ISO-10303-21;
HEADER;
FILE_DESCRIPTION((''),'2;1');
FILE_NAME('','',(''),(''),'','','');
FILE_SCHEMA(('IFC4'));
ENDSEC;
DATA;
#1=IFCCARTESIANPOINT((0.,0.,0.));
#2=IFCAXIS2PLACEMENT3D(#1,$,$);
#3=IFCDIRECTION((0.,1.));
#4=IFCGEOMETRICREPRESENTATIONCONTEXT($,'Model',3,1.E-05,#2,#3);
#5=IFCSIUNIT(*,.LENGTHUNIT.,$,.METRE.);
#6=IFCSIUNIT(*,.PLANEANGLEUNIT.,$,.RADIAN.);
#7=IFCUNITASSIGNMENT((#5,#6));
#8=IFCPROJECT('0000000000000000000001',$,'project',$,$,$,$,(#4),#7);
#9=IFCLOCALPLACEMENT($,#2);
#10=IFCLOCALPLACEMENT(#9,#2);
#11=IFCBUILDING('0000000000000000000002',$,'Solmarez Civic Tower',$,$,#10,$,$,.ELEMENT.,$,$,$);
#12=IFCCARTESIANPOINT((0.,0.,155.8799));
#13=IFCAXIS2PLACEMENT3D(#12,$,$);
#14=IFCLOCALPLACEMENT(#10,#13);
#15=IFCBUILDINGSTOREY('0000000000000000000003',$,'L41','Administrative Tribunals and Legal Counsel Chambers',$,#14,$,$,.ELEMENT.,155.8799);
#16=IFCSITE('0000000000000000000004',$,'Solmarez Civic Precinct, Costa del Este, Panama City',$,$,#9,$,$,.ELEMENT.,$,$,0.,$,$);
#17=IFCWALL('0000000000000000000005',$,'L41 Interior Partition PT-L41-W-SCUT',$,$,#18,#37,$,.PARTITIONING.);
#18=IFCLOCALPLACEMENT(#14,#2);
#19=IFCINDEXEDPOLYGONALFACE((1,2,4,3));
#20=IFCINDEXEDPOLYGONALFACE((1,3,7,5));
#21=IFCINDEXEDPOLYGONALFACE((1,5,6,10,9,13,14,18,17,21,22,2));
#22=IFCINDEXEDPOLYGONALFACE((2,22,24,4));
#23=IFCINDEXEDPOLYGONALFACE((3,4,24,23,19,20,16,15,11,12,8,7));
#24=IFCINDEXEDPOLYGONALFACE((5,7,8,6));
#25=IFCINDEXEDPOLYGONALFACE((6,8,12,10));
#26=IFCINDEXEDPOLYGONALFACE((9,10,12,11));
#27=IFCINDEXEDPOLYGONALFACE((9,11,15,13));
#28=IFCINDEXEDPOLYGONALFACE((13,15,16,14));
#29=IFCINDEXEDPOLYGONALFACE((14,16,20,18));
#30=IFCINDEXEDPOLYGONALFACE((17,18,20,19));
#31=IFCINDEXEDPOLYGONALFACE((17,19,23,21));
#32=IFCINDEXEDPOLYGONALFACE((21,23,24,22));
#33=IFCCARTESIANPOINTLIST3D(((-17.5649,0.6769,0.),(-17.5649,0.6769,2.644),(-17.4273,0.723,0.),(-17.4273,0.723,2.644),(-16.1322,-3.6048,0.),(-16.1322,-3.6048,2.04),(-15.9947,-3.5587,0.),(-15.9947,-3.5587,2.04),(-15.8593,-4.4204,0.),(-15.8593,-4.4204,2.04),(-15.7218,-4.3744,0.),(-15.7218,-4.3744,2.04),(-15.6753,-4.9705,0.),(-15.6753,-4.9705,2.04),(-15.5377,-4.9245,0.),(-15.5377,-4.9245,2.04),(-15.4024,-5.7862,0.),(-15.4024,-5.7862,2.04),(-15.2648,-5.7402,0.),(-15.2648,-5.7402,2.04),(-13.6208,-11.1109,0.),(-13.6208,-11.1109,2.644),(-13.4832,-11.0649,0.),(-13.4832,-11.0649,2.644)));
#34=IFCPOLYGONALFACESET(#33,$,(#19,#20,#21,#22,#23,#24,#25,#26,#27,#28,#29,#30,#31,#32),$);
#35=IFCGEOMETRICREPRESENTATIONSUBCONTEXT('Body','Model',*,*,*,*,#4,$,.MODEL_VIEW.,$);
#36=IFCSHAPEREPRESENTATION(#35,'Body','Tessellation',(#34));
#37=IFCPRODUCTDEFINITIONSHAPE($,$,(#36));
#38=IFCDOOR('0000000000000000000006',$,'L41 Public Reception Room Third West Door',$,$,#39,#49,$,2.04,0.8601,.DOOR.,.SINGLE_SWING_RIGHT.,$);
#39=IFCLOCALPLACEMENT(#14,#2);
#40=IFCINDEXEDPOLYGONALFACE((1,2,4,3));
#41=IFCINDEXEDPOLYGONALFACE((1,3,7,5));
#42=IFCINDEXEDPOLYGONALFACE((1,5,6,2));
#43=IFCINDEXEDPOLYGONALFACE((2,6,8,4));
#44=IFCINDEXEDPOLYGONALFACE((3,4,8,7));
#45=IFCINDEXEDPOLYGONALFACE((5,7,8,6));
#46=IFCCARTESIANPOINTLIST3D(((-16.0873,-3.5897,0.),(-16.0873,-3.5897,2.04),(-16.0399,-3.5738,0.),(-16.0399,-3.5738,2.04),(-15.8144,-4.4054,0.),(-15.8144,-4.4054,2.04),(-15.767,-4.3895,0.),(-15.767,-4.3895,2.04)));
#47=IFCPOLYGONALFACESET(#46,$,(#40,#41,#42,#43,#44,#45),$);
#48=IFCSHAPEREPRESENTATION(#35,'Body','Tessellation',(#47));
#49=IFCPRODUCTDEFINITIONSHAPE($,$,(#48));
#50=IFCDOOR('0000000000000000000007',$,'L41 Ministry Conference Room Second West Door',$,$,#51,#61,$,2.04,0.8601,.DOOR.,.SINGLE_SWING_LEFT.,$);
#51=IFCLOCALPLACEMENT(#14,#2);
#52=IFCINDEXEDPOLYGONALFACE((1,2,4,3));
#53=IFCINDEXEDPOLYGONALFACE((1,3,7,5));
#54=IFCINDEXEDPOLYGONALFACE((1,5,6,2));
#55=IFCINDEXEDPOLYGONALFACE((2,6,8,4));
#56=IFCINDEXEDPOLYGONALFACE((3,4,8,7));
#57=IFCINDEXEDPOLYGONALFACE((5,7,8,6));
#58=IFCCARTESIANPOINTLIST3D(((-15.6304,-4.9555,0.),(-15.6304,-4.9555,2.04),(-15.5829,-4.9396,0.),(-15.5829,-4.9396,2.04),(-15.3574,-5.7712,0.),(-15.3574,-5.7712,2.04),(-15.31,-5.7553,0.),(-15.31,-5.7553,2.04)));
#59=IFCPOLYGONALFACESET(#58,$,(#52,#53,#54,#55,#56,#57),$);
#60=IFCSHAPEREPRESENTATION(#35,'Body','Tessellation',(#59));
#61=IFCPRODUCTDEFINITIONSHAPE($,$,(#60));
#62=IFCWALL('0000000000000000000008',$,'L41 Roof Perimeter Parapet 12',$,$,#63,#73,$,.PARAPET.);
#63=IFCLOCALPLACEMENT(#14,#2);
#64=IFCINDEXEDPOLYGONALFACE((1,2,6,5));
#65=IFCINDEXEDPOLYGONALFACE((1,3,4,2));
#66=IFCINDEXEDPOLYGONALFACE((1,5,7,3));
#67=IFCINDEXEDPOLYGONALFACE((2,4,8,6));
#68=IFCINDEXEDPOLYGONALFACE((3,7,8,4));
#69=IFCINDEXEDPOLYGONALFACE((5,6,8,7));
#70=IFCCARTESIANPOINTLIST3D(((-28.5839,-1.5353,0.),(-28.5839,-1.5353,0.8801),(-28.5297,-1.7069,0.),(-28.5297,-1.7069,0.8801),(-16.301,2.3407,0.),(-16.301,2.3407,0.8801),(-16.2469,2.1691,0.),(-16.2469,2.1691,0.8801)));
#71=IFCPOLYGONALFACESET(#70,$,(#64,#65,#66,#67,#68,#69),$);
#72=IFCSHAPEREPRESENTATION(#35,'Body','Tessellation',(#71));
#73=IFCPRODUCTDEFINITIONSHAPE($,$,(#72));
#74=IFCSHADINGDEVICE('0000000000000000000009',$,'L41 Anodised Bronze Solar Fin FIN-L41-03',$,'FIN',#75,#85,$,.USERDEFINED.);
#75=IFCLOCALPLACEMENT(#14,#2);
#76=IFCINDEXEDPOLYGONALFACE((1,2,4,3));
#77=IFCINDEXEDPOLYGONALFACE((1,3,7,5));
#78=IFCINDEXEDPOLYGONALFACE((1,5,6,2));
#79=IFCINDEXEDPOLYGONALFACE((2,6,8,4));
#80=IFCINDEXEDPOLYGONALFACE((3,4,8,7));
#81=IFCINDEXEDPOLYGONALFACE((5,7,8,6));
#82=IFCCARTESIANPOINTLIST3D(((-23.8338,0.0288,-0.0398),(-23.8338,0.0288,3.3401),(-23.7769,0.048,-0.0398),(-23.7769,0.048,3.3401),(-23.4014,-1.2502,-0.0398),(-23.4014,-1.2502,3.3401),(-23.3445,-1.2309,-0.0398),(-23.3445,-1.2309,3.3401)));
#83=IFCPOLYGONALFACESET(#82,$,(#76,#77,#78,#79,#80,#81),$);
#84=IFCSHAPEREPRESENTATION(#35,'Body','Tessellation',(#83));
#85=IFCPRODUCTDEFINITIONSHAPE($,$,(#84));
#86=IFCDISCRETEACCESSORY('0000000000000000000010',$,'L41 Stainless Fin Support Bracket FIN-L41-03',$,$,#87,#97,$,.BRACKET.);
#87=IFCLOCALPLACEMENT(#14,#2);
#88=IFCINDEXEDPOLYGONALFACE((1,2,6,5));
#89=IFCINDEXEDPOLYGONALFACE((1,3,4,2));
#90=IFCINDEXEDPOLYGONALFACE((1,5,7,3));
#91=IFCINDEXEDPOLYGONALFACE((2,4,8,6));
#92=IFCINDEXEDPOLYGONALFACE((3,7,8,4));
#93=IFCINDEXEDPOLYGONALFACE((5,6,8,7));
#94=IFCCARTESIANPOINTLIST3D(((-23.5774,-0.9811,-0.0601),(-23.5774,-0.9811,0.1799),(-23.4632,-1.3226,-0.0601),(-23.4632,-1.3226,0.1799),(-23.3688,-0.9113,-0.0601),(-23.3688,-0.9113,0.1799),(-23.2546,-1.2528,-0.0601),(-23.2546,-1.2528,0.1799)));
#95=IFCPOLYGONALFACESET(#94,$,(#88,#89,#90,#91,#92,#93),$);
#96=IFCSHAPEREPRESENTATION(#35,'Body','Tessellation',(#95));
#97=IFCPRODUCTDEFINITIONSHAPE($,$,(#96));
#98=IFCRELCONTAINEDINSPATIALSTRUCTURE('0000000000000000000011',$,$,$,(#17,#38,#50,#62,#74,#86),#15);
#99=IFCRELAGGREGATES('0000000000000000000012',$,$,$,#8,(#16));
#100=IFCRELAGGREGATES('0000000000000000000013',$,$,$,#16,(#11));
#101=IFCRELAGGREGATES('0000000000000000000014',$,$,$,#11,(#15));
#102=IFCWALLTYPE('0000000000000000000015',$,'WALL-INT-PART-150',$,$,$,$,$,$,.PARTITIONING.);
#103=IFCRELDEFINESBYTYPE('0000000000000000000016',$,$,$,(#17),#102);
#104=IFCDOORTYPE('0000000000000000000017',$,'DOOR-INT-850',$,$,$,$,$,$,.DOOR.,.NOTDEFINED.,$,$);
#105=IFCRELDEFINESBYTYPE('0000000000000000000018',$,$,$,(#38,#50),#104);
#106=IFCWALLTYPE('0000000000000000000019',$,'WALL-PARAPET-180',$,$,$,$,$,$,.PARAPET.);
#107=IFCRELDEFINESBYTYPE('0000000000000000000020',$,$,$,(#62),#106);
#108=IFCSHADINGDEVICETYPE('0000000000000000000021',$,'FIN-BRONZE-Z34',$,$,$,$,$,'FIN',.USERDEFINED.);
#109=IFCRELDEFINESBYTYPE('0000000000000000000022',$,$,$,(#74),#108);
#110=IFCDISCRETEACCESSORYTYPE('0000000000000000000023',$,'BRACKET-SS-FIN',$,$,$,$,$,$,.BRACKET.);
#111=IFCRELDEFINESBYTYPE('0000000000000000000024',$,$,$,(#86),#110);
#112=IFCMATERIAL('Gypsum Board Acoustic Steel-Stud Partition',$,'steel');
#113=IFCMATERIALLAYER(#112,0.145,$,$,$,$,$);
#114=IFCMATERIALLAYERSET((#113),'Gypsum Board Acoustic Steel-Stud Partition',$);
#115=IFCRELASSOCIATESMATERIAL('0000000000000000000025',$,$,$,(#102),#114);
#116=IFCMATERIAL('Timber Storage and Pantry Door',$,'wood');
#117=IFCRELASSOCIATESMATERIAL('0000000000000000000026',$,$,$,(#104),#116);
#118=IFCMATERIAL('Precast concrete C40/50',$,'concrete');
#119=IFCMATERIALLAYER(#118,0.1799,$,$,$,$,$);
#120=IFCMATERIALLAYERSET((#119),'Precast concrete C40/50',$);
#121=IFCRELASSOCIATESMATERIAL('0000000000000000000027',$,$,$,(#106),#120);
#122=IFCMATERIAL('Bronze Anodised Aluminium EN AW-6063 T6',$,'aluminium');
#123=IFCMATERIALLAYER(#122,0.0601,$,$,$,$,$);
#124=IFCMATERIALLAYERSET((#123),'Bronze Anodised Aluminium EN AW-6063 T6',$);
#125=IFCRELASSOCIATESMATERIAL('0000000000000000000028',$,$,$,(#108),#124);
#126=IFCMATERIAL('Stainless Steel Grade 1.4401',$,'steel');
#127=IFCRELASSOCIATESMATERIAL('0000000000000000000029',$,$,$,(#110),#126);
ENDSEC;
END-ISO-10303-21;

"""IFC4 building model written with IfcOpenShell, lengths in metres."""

from ifc_helpers import new_model, si_unit, direction, frame, frame_2d, origin, origin_2d, place, context, subcontext, project, spatial, rectangle, extrude, material, layer, layer_set, type_object, element, fill, save


model = new_model("IFC4")

# Units and contexts
model_context = context("Model", 3, precision=1e-05, world=origin(), true_north=direction((0.0, 1.0)))
body_context = subcontext(model_context, "Body", "Model", "MODEL_VIEW")
ifc_project = project(units=[si_unit("LENGTHUNIT", "METRE"), si_unit("PLANEANGLEUNIT", "RADIAN")], contexts=[model_context])

# Site, building, storey
site_placement = place(None, origin())
site = spatial("IfcSite", under=ifc_project, at=site_placement, Name="Solmarez Civic Precinct, Costa del Este, Panama City", CompositionType="ELEMENT", RefElevation=0.0)
building_placement = place(site_placement, origin())
building = spatial("IfcBuilding", under=site, at=building_placement, Name="Solmarez Civic Tower", CompositionType="ELEMENT")
storey_placement = place(building_placement, frame((0.0, 0.0, 155.8799)))
storey = spatial("IfcBuildingStorey", under=building, at=storey_placement, Name="L41", Description="Administrative Tribunals and Legal Counsel Chambers", CompositionType="ELEMENT", Elevation=155.8799)

# Shared definitions
ifc_material_1 = material(Name="Precast concrete C40/50", Category="concrete")

# Shared definitions
ifc_material_2 = material(Name="Gypsum Board Acoustic Steel-Stud Partition", Category="steel")
ifc_layer_1 = layer(ifc_material_2, 0.145)
ifc_layer_set_1 = layer_set([ifc_layer_1], Name="Gypsum Board Acoustic Steel-Stud Partition")
wall_type_1 = type_object("IfcWallType", Name="WALL-INT-PART-150", PredefinedType="PARTITIONING", material=ifc_layer_set_1)

# Wall, openings, doors
wall_1_placement = place(storey_placement, frame((-17.4961, 0.7, 0.0), z_axis=(0.0, 0.0, 1.0), x_axis=(0.3173, -0.948325, 0.0)))
wall_1 = element("IfcWall", 1, at=wall_1_placement, inside=storey, type_object=wall_type_1, Name="L41 Interior Partition PT-L41-W-SCUT", PredefinedType="PARTITIONING", context=body_context, shape_type="SweptSolid", body=[
    extrude(rectangle(XDim=12.4302, YDim=0.145, at=frame_2d((6.2151, 0.0))), origin(), (0.0, 0.0, 1.0), 2.644),
])
opening_1_placement = place(wall_1_placement, frame((4.5149, 0.0, 0.0)))
opening_1 = element("IfcOpeningElement", 2, at=opening_1_placement, cuts=wall_1, PredefinedType="OPENING", context=body_context, shape_type="SweptSolid", body=[
    extrude(rectangle(XDim=0.8601, YDim=2.04, at=frame_2d((0.4302, 1.02))), frame((0.0, 0.0825, 0.0), z_axis=(0.0, -1.0, 0.0), x_axis=(1.0, 0.0, 0.0)), (0.0, 0.0, 1.0), 0.165),
])
opening_2_placement = place(wall_1_placement, frame((5.9551, 0.0, 0.0)))
opening_2 = element("IfcOpeningElement", 3, at=opening_2_placement, cuts=wall_1, PredefinedType="OPENING", context=body_context, shape_type="SweptSolid", body=[
    extrude(rectangle(XDim=0.8601, YDim=2.04, at=frame_2d((0.4302, 1.02))), frame((0.0, 0.0825, 0.0), z_axis=(0.0, -1.0, 0.0), x_axis=(1.0, 0.0, 0.0)), (0.0, 0.0, 1.0), 0.165),
])
ifc_material_3 = material(Name="Timber Storage and Pantry Door", Category="wood")
door_type = type_object("IfcDoorType", Name="DOOR-INT-850", OperationType="NOTDEFINED", PredefinedType="DOOR", material=ifc_material_3)
door_1_placement = place(opening_1_placement, origin())
door_1 = element("IfcDoor", 4, at=door_1_placement, inside=storey, type_object=door_type, Name="L41 Public Reception Room Third West Door", OperationType="SINGLE_SWING_RIGHT", OverallHeight=2.04, OverallWidth=0.8601, PredefinedType="DOOR", context=body_context, shape_type="SweptSolid", body=[
    extrude(rectangle(XDim=0.8601, YDim=2.04, at=frame_2d((0.4302, 1.02))), frame((0.0, 0.0249, 0.0), z_axis=(0.0, -1.0, 0.0), x_axis=(1.0, 0.0, 0.0)), (0.0, 0.0, 1.0), 0.05),
])
fill(opening_1, door_1)
door_2_placement = place(opening_2_placement, origin())
door_2 = element("IfcDoor", 5, at=door_2_placement, inside=storey, type_object=door_type, Name="L41 Ministry Conference Room Second West Door", OperationType="SINGLE_SWING_LEFT", OverallHeight=2.04, OverallWidth=0.8601, PredefinedType="DOOR", context=body_context, shape_type="SweptSolid", body=[
    extrude(rectangle(XDim=0.8601, YDim=2.04, at=frame_2d((0.4302, 1.02))), frame((0.0, 0.0249, 0.0), z_axis=(0.0, -1.0, 0.0), x_axis=(1.0, 0.0, 0.0)), (0.0, 0.0, 1.0), 0.05),
])
fill(opening_2, door_2)

# Wall
ifc_layer_2 = layer(ifc_material_1, 0.1799)
ifc_layer_set_2 = layer_set([ifc_layer_2], Name="Precast concrete C40/50")
wall_type_2 = type_object("IfcWallType", Name="WALL-PARAPET-180", PredefinedType="PARAPET", material=ifc_layer_set_2)
wall_2_placement = place(storey_placement, frame((-16.2739, 2.2549, 0.0), z_axis=(0.0, 0.0, 1.0), x_axis=(-0.953646, -0.30093, 0.0)))
element("IfcWall", 6, at=wall_2_placement, inside=storey, type_object=wall_type_2, Name="L41 Roof Perimeter Parapet 12", PredefinedType="PARAPET", context=body_context, shape_type="SweptSolid", body=[
    extrude(rectangle(XDim=12.8799, YDim=0.1799, at=frame_2d((6.4399, 0.0))), origin(), (0.0, 0.0, 1.0), 0.8801),
])

# Shading device
ifc_material_4 = material(Name="Bronze Anodised Aluminium EN AW-6063 T6", Category="aluminium")
ifc_layer_3 = layer(ifc_material_4, 0.0601)
ifc_layer_set_3 = layer_set([ifc_layer_3], Name="Bronze Anodised Aluminium EN AW-6063 T6")
shading_device_type = type_object("IfcShadingDeviceType", Name="FIN-BRONZE-Z34", ElementType="FIN", PredefinedType="USERDEFINED", material=ifc_layer_set_3)
shading_device_placement = place(storey_placement, frame((-23.5891, -0.6011, -0.0398), z_axis=(0.0, 0.0, 1.0), x_axis=(-0.320282, 0.947322, 0.0)))
element("IfcShadingDevice", 7, at=shading_device_placement, inside=storey, type_object=shading_device_type, Name="L41 Anodised Bronze Solar Fin FIN-L41-03", ObjectType="FIN", PredefinedType="USERDEFINED", context=body_context, shape_type="SweptSolid", body=[
    extrude(rectangle(XDim=1.3501, YDim=0.0601, at=origin_2d()), origin(), (0.0, 0.0, 1.0), 3.3799),
])

# Discrete accessory
ifc_material_5 = material(Name="Stainless Steel Grade 1.4401", Category="steel")
discrete_accessory_type = type_object("IfcDiscreteAccessoryType", Name="BRACKET-SS-FIN", PredefinedType="BRACKET", material=ifc_material_5)
discrete_accessory_placement = place(storey_placement, frame((-23.416, -1.1169, -0.0601), z_axis=(0.0, 0.0, 1.0), x_axis=(-0.317267, 0.948336, 0.0)))
element("IfcDiscreteAccessory", 8, at=discrete_accessory_placement, inside=storey, type_object=discrete_accessory_type, Name="L41 Stainless Fin Support Bracket FIN-L41-03", PredefinedType="BRACKET", context=body_context, shape_type="SweptSolid", body=[
    extrude(rectangle(XDim=0.3601, YDim=0.22, at=origin_2d()), origin(), (0.0, 0.0, 1.0), 0.24),
])

save(model, "model.ifc")
